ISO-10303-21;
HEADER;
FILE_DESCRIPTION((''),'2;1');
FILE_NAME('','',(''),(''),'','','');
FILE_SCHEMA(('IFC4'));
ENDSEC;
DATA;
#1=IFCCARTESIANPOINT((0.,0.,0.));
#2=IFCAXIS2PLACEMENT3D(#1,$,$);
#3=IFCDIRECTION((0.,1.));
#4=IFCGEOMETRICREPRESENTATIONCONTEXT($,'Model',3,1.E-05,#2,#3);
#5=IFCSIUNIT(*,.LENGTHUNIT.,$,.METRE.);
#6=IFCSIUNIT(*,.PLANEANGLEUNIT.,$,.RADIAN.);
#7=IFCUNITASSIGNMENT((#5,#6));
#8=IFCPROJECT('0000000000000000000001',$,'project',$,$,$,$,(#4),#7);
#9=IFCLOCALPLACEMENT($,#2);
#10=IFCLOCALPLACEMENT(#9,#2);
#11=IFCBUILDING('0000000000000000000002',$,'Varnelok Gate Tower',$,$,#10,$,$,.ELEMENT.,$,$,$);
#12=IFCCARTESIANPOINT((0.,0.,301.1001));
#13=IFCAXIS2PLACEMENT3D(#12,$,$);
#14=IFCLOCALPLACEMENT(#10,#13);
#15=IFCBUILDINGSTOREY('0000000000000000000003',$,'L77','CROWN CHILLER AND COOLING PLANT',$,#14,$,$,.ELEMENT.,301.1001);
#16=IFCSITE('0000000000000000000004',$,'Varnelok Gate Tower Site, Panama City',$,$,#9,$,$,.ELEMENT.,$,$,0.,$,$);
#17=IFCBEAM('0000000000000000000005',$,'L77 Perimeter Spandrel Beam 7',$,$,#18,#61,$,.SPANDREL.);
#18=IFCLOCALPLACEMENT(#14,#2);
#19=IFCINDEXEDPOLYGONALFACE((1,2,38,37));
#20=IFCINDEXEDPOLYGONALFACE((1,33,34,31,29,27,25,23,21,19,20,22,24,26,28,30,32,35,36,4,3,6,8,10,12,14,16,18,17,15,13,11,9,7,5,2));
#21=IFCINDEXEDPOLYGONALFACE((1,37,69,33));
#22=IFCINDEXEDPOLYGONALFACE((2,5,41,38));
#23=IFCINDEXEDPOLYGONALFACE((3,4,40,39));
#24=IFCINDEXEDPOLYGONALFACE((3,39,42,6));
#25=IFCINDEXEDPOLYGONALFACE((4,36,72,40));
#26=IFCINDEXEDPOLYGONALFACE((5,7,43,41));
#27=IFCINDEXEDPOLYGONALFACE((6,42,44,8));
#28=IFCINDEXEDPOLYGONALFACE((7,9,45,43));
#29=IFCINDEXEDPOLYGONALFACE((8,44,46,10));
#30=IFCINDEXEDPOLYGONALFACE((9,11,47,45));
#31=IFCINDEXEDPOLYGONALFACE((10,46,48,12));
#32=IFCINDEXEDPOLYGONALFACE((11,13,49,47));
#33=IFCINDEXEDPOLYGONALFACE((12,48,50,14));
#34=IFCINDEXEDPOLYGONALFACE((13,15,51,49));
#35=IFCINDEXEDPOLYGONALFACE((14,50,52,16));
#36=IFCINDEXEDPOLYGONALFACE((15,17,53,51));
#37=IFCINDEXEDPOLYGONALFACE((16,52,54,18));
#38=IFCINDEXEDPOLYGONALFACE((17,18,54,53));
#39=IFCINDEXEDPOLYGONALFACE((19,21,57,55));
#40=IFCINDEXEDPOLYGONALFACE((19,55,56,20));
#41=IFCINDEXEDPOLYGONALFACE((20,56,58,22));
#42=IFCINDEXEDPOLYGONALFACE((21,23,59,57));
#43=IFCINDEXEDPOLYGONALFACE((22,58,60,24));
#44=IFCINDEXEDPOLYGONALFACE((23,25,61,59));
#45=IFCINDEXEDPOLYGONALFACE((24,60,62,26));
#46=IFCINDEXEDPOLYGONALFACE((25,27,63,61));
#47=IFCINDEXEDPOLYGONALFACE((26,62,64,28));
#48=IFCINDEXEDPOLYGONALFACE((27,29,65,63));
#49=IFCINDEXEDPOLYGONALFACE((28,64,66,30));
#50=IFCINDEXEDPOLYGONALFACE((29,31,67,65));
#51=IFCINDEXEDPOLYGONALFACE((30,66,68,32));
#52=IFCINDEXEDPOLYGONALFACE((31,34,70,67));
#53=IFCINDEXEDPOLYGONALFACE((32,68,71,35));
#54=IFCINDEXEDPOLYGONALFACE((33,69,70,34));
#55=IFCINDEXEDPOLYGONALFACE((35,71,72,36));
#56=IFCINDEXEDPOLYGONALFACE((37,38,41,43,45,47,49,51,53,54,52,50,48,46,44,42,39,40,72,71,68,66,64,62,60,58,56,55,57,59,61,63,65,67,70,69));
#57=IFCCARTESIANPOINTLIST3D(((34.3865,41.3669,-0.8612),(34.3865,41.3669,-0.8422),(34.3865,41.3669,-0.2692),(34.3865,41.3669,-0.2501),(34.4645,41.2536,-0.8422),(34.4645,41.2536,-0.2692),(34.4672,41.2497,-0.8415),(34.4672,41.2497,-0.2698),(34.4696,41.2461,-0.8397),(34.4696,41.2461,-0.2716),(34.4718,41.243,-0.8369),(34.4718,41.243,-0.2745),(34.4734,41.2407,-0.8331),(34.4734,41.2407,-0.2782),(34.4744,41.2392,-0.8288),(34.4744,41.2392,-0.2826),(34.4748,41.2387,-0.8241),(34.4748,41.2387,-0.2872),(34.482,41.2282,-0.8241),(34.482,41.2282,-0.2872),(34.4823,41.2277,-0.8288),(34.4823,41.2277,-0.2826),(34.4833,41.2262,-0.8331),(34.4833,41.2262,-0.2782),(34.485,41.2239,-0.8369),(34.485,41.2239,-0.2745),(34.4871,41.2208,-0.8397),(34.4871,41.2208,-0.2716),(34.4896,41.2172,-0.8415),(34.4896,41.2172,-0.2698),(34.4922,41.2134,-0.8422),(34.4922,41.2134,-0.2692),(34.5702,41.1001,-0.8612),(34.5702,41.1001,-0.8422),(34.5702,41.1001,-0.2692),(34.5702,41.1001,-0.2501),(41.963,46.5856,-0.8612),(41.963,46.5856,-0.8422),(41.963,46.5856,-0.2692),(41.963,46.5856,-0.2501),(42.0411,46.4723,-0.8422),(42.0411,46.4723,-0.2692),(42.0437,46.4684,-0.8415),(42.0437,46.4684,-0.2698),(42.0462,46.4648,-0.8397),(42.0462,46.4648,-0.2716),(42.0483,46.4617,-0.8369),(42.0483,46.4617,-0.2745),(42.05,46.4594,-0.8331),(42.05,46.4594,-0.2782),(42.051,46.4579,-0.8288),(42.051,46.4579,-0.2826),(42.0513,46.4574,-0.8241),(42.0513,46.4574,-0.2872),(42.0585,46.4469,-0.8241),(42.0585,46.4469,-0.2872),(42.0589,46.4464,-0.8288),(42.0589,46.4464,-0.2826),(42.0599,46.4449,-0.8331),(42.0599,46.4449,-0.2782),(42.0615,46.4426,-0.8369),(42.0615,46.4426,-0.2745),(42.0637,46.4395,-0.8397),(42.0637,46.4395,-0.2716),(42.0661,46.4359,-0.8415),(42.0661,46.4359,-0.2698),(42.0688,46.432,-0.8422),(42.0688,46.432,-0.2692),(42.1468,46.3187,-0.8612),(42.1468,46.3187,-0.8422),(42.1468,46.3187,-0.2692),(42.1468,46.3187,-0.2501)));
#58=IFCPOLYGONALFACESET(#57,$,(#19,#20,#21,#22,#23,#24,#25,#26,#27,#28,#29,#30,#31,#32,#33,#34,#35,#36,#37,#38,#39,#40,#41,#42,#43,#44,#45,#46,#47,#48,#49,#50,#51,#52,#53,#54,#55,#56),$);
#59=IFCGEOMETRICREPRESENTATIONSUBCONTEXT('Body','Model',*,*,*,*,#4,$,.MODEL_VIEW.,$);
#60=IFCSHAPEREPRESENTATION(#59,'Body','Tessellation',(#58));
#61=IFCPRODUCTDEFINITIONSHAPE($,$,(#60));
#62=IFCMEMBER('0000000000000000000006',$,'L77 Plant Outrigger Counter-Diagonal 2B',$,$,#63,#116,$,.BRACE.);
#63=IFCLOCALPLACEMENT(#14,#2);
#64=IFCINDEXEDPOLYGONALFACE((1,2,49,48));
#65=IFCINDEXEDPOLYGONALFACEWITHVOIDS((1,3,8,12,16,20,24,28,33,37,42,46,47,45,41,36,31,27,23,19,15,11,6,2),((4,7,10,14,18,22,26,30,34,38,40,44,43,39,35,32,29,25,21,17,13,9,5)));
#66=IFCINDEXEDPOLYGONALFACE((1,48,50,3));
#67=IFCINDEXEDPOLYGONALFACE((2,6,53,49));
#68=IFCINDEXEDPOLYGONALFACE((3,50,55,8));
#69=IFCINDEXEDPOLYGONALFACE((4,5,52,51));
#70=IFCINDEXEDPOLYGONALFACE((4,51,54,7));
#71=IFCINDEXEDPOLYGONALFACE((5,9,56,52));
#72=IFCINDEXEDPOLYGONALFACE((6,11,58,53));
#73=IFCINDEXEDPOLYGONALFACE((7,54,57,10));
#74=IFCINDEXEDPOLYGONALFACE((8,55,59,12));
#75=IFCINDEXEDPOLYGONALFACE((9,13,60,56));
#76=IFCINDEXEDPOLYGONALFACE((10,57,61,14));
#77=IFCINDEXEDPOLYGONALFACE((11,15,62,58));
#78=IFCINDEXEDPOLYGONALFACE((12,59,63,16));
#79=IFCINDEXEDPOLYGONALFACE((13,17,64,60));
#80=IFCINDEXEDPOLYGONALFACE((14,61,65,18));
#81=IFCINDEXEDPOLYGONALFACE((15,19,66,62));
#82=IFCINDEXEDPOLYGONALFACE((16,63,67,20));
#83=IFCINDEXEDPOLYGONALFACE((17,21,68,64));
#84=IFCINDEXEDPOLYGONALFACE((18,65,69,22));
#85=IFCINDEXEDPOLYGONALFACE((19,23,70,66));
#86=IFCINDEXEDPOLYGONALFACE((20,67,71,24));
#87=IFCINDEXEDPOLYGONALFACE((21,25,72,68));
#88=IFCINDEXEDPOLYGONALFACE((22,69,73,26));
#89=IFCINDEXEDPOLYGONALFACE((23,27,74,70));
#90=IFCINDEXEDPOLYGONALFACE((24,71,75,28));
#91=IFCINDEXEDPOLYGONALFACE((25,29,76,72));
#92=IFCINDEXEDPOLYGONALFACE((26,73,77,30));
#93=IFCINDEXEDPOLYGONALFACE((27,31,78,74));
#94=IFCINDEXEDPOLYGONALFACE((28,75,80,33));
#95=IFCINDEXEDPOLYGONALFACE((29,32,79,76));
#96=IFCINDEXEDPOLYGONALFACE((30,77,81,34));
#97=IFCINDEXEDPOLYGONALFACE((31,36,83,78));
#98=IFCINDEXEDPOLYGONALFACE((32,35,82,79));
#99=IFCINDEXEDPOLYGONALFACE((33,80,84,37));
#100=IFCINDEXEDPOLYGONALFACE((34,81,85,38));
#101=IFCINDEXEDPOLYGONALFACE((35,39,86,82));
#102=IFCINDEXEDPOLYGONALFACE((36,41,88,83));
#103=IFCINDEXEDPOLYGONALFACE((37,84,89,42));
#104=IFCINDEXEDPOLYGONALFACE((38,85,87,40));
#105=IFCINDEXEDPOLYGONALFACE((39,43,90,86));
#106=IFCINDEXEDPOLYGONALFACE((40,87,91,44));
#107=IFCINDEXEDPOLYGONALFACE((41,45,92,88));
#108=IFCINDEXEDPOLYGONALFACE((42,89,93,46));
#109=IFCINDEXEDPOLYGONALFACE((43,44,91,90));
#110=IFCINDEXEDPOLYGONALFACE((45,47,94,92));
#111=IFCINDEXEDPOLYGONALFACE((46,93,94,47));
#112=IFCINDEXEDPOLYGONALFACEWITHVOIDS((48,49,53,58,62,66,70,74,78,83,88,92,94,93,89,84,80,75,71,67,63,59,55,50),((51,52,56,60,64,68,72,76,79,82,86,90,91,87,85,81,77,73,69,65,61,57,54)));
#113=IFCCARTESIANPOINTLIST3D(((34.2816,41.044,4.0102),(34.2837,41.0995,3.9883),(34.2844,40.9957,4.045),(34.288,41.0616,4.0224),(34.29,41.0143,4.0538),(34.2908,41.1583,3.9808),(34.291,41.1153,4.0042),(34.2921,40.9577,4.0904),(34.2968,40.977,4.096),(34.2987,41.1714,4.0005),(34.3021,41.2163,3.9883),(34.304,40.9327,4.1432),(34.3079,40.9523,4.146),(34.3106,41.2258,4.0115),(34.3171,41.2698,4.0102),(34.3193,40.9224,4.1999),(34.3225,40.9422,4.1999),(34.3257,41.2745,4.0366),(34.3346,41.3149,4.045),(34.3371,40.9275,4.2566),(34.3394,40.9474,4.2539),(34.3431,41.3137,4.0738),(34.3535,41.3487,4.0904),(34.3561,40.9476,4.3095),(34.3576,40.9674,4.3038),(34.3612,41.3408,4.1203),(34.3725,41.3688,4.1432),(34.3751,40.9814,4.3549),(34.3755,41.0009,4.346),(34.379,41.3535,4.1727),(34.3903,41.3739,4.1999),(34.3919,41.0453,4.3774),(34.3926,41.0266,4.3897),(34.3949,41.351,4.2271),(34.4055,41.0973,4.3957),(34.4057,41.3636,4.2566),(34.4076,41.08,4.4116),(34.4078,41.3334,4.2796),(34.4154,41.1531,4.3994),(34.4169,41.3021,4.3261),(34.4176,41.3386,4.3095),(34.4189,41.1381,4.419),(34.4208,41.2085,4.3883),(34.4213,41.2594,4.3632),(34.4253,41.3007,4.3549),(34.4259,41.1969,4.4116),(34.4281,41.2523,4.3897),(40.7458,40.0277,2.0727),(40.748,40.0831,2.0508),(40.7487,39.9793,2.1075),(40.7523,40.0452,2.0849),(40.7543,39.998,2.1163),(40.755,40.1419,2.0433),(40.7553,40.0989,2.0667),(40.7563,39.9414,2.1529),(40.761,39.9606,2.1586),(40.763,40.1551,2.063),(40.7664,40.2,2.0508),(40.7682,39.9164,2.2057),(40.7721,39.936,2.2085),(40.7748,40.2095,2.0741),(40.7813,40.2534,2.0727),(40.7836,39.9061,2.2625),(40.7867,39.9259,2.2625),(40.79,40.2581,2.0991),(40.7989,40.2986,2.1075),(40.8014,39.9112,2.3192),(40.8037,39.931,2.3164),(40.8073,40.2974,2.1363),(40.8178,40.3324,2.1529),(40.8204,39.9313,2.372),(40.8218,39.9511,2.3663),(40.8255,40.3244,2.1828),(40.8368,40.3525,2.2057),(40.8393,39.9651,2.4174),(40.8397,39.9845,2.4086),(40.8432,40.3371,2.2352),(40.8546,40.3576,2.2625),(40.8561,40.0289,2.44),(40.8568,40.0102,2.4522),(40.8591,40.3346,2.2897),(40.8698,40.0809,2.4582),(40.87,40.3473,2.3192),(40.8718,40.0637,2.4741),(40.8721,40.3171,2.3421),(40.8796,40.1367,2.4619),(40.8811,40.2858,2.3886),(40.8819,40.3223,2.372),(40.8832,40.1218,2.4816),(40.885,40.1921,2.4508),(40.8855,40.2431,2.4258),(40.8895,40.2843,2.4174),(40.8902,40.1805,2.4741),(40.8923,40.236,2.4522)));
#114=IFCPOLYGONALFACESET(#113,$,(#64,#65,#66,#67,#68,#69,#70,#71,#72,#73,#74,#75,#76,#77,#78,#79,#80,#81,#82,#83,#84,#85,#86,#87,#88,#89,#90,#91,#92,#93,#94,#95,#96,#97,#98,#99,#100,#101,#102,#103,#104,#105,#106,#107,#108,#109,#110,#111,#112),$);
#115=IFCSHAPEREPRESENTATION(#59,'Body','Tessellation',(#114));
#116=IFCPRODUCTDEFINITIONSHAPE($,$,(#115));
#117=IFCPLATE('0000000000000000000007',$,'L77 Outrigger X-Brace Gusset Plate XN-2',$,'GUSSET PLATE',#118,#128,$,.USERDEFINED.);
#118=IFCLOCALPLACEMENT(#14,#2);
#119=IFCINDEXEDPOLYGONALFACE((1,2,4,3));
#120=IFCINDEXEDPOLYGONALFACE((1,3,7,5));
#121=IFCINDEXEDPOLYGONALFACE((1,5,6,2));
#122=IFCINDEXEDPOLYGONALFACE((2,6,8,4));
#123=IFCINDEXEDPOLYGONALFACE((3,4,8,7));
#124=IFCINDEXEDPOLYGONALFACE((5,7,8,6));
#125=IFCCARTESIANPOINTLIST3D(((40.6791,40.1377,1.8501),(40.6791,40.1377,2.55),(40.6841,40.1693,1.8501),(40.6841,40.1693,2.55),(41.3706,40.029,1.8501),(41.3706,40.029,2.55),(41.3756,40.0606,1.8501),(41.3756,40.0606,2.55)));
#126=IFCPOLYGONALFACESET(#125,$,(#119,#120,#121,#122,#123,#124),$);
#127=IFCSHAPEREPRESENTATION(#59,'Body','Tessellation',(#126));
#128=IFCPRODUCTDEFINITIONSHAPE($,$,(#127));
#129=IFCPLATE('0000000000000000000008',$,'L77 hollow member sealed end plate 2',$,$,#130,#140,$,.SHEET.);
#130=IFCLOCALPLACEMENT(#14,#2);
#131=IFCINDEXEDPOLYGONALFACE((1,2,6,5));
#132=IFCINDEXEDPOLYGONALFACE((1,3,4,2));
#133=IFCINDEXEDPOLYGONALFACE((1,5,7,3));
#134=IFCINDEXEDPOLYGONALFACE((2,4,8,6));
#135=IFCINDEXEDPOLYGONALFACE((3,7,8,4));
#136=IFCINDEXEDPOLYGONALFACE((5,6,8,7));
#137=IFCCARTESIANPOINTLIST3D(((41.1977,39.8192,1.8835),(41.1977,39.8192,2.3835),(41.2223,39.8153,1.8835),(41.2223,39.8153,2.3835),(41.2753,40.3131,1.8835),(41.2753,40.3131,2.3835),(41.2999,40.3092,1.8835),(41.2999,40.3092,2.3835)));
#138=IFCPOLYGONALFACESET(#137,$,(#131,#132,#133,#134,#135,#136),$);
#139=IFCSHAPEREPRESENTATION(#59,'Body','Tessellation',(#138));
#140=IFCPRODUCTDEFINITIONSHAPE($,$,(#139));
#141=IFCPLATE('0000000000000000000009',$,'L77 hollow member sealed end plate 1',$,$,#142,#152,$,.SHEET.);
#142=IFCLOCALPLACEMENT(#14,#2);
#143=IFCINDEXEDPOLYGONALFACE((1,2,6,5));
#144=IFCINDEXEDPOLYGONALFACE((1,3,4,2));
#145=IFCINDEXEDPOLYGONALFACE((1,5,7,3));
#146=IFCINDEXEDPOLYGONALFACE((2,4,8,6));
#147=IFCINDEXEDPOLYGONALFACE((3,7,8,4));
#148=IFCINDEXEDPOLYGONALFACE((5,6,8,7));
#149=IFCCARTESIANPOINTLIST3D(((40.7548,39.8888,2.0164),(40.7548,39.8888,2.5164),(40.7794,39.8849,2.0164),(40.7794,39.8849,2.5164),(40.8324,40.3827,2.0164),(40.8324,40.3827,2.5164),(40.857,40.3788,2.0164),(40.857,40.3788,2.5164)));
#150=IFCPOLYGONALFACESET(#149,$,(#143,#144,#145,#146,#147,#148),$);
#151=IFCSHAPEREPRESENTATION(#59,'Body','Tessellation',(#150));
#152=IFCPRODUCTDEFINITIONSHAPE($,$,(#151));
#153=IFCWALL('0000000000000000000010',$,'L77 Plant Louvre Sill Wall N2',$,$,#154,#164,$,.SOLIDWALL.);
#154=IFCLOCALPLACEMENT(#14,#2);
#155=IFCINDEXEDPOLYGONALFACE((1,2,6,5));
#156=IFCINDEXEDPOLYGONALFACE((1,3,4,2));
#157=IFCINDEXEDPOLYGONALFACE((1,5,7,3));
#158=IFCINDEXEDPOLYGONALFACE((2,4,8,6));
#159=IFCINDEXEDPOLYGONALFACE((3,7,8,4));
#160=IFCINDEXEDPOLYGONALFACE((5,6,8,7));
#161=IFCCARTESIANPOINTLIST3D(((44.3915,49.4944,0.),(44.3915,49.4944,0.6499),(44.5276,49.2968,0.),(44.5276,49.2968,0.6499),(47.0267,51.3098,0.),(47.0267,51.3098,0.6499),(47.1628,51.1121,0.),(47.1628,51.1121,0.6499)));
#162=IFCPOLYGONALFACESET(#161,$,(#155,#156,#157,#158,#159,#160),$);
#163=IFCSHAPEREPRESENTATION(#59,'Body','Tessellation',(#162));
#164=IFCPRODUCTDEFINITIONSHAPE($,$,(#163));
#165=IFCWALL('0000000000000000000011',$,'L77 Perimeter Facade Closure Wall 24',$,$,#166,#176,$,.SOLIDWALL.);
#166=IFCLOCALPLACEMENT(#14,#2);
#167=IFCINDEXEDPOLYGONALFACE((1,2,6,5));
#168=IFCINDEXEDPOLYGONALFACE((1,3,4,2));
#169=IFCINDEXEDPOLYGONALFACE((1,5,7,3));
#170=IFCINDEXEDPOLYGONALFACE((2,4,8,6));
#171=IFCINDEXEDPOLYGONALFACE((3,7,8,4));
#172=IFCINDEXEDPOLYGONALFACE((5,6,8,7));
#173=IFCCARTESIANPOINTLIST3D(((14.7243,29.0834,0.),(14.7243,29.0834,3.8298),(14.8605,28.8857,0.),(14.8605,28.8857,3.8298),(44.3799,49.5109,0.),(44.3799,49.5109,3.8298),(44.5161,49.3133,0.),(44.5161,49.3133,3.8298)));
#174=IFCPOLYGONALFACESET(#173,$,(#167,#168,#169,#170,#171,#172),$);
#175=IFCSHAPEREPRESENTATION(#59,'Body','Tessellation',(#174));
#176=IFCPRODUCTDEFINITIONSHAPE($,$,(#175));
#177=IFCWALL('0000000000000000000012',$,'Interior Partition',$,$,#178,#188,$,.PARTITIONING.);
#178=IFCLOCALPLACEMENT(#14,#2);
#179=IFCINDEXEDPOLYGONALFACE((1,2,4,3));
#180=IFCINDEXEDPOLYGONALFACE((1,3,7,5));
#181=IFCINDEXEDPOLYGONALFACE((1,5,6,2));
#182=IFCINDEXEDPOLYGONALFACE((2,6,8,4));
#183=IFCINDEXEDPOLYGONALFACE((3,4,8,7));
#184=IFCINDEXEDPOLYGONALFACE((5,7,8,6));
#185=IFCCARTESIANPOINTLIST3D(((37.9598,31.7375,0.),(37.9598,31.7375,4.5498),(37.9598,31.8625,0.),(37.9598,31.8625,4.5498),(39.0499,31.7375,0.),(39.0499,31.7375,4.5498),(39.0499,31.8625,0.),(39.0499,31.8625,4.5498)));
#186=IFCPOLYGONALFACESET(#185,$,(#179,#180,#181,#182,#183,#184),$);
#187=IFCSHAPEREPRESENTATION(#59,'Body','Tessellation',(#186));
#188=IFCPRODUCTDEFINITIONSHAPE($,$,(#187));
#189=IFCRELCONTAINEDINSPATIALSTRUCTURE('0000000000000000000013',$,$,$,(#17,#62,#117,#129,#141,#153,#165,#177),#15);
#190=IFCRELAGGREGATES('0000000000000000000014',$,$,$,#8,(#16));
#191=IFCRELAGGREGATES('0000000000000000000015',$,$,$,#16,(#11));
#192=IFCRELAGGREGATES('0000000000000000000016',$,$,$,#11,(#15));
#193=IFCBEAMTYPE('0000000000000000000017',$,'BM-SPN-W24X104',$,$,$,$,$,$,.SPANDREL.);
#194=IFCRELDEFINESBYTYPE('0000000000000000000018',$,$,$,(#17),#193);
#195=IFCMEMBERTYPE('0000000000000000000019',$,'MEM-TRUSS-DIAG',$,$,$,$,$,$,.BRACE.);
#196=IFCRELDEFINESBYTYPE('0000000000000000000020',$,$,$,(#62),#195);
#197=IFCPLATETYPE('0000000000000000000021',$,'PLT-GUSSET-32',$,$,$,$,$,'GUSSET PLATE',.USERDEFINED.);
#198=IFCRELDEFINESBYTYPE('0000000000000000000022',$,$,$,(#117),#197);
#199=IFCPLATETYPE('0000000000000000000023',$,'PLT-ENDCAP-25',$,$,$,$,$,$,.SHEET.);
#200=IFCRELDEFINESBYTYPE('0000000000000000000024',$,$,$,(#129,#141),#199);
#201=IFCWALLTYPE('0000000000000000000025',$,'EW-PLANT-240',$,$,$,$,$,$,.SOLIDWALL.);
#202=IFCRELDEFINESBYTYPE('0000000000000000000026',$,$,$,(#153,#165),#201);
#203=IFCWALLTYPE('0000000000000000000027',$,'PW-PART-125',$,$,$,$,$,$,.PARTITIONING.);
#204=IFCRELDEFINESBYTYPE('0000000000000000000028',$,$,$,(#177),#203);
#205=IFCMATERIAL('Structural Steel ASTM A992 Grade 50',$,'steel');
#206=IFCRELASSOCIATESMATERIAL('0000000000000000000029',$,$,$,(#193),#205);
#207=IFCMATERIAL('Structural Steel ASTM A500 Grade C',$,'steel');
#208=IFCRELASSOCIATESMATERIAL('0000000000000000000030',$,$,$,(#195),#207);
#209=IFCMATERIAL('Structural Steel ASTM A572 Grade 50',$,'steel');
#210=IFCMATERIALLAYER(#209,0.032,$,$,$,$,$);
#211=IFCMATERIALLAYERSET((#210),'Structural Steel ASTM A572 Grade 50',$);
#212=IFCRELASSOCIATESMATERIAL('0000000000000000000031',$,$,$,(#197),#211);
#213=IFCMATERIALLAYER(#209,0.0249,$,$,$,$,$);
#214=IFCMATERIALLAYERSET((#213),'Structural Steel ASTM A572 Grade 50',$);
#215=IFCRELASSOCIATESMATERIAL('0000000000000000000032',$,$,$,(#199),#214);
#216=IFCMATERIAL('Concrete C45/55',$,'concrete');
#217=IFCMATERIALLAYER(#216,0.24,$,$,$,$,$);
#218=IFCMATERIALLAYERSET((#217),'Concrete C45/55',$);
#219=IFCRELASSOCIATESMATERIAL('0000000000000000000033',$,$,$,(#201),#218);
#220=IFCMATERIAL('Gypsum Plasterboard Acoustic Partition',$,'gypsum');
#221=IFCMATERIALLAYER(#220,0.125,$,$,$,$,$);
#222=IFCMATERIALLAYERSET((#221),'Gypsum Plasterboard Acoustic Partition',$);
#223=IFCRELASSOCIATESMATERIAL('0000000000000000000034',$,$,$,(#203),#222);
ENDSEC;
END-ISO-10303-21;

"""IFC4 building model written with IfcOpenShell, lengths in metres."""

from ifc_helpers import new_model, si_unit, direction, frame, frame_2d, origin, origin_2d, place, context, subcontext, project, spatial, rectangle, hollow_circle, i_section, extrude, source, transform, mapped, material, layer, layer_set, material_profile, profile_set, type_object, element, save


model = new_model("IFC4")

# Units and contexts
model_context = context("Model", 3, precision=1e-05, world=origin(), true_north=direction((0.0, 1.0)))
body_context = subcontext(model_context, "Body", "Model", "MODEL_VIEW")
ifc_project = project(units=[si_unit("LENGTHUNIT", "METRE"), si_unit("PLANEANGLEUNIT", "RADIAN")], contexts=[model_context])

# Site, building, storey
site_placement = place(None, origin())
site = spatial("IfcSite", under=ifc_project, at=site_placement, Name="Varnelok Gate Tower Site, Panama City", CompositionType="ELEMENT", RefElevation=0.0)
building_placement = place(site_placement, origin())
building = spatial("IfcBuilding", under=site, at=building_placement, Name="Varnelok Gate Tower", CompositionType="ELEMENT")
storey_placement = place(building_placement, frame((0.0, 0.0, 301.1001)))
storey = spatial("IfcBuildingStorey", under=building, at=storey_placement, Name="L77", Description="CROWN CHILLER AND COOLING PLANT", CompositionType="ELEMENT", Elevation=301.1001)

# Shared definitions
ifc_material_1 = material(Name="Structural Steel ASTM A992 Grade 50", Category="steel")

# Beam
ifc_material_profile_1 = material_profile(ifc_material_1, i_section(OverallWidth=0.324, OverallDepth=0.6111, WebThickness=0.0127, FlangeThickness=0.019, FilletRadius=0.0181, at=origin_2d()), Name="W24X104")
ifc_profile_set_1 = profile_set([ifc_material_profile_1], Name="Structural Steel ASTM A992 Grade 50")
beam_type_1 = type_object("IfcBeamType", Name="BM-SPN-W24X104", PredefinedType="SPANDREL", material=ifc_profile_set_1)
beam_1_placement = place(storey_placement, frame((42.0549, 46.4521, -0.5557), z_axis=(-0.823545, -0.567252, 0.0), x_axis=(0.567252, -0.823545, 0.0)))
element("IfcBeam", 1, at=beam_1_placement, inside=storey, type_object=beam_type_1, Name="L77 Perimeter Spandrel Beam 7", PredefinedType="SPANDREL", context=body_context, shape_type="SweptSolid", body=[
    extrude(i_section(OverallWidth=0.324, OverallDepth=0.6111, WebThickness=0.0127, FlangeThickness=0.019, FilletRadius=0.0181, at=origin_2d()), origin(), (0.0, 0.0, 1.0), 9.2),
])

# Member
ifc_material_2 = material(Name="Structural Steel ASTM A500 Grade C", Category="steel")
ifc_material_profile_2 = material_profile(ifc_material_2, hollow_circle(Radius=0.2285, WallThickness=0.02, at=origin_2d()), Name="CHS457X20")
ifc_profile_set_2 = profile_set([ifc_material_profile_2], Name="Structural Steel ASTM A500 Grade C")
member_type = type_object("IfcMemberType", Name="MEM-TRUSS-DIAG", PredefinedType="BRACE", material=ifc_profile_set_2)
member_placement = place(storey_placement, frame((40.8191, 40.1318, 2.2625), z_axis=(-0.947218, 0.148926, 0.283901), x_axis=(-0.155317, -0.987865, 0.0)))
element("IfcMember", 2, at=member_placement, inside=storey, type_object=member_type, Name="L77 Plant Outrigger Counter-Diagonal 2B", PredefinedType="BRACE", context=body_context, shape_type="SweptSolid", body=[
    extrude(hollow_circle(Radius=0.2285, WallThickness=0.02, at=origin_2d()), origin(), (0.0, 0.0, 1.0), 6.8245),
])

# Plates
ifc_material_3 = material(Name="Structural Steel ASTM A572 Grade 50", Category="steel")
ifc_layer_1 = layer(ifc_material_3, 0.032)
ifc_layer_set_1 = layer_set([ifc_layer_1], Name="Structural Steel ASTM A572 Grade 50")
plate_type_1 = type_object("IfcPlateType", Name="PLT-GUSSET-32", ElementType="GUSSET PLATE", PredefinedType="USERDEFINED", material=ifc_layer_set_1)
shared_shape_1 = source(origin(), body_context, "Body", "SweptSolid", [
    extrude(rectangle(XDim=0.7, YDim=0.032, at=origin_2d()), origin(), (0.0, 0.0, 1.0), 0.7),
])
plate_placement = place(storey_placement, frame((41.0273, 40.0991, 1.8501), z_axis=(0.0, 0.0, 1.0), x_axis=(-0.987865, 0.155314, 0.0)))
element("IfcPlate", 3, at=plate_placement, inside=storey, type_object=plate_type_1, Name="L77 Outrigger X-Brace Gusset Plate XN-2", ObjectType="GUSSET PLATE", PredefinedType="USERDEFINED", context=body_context, shape_type="MappedRepresentation", body=[
    mapped(shared_shape_1, transform((0.0, 0.0, 0.0), scale=1.0)),
])
ifc_layer_2 = layer(ifc_material_3, 0.0249)
ifc_layer_set_2 = layer_set([ifc_layer_2], Name="Structural Steel ASTM A572 Grade 50")
plate_type_2 = type_object("IfcPlateType", Name="PLT-ENDCAP-25", PredefinedType="SHEET", material=ifc_layer_set_2)
shared_shape_2 = source(origin(), body_context, "Body", "SweptSolid", [
    extrude(rectangle(XDim=0.0249, YDim=0.5, at=origin_2d()), origin(), (0.0, 0.0, 1.0), 0.5),
])
for number, where, z_axis, x_axis, name in (
    (4, (41.2488, 40.0642, 1.8835), (0.0, 0.0, 1.0), (-0.987865, 0.155314, 0.0), "L77 hollow member sealed end plate 2"),
    (5, (40.8059, 40.1338, 2.0164), (0.0, 0.0, 1.0), (-0.987865, 0.155314, 0.0), "L77 hollow member sealed end plate 1"),
):
    element("IfcPlate", number, at=place(storey_placement, frame(where, z_axis=z_axis, x_axis=x_axis)), inside=storey, type_object=plate_type_2, Name=name, PredefinedType="SHEET", context=body_context, shape_type="MappedRepresentation", body=[
        mapped(shared_shape_2, transform((0.0, 0.0, 0.0), scale=1.0)),
    ])

# Walls
ifc_material_4 = material(Name="Concrete C45/55", Category="concrete")
ifc_layer_3 = layer(ifc_material_4, 0.24)
ifc_layer_set_3 = layer_set([ifc_layer_3], Name="Concrete C45/55")
wall_type_1 = type_object("IfcWallType", Name="EW-PLANT-240", PredefinedType="SOLIDWALL", material=ifc_layer_set_3)
wall_1_placement = place(storey_placement, frame((44.4595, 49.3955, 0.0), z_axis=(0.0, 0.0, 1.0), x_axis=(0.823503, 0.567312, 0.0)))
element("IfcWall", 6, at=wall_1_placement, inside=storey, type_object=wall_type_1, Name="L77 Plant Louvre Sill Wall N2", PredefinedType="SOLIDWALL", context=body_context, shape_type="SweptSolid", body=[
    extrude(rectangle(XDim=3.2, YDim=0.24, at=frame_2d((1.6001, 0.0))), origin(), (0.0, 0.0, 1.0), 0.6499),
])
wall_2_placement = place(storey_placement, frame((44.448, 49.4121, 0.0), z_axis=(0.0, 0.0, 1.0), x_axis=(-0.823532, -0.56727, 0.0)))
element("IfcWall", 7, at=wall_2_placement, inside=storey, type_object=wall_type_1, Name="L77 Perimeter Facade Closure Wall 24", PredefinedType="SOLIDWALL", context=body_context, shape_type="SweptSolid", body=[
    extrude(rectangle(XDim=36.0103, YDim=0.24, at=frame_2d((18.0051, 0.0))), origin(), (0.0, 0.0, 1.0), 3.8298),
])
ifc_material_5 = material(Name="Gypsum Plasterboard Acoustic Partition", Category="gypsum")
ifc_layer_4 = layer(ifc_material_5, 0.125)
ifc_layer_set_4 = layer_set([ifc_layer_4], Name="Gypsum Plasterboard Acoustic Partition")
wall_type_2 = type_object("IfcWallType", Name="PW-PART-125", PredefinedType="PARTITIONING", material=ifc_layer_set_4)
wall_3_placement = place(storey_placement, frame((37.96, 31.8, 0.0), z_axis=(0.0, 0.0, 1.0), x_axis=(1.0, 0.0, 0.0)))
element("IfcWall", 8, at=wall_3_placement, inside=storey, type_object=wall_type_2, Name="Interior Partition", PredefinedType="PARTITIONING", context=body_context, shape_type="SweptSolid", body=[
    extrude(rectangle(XDim=1.0901, YDim=0.125, at=frame_2d((0.5449, 0.0))), origin(), (0.0, 0.0, 1.0), 4.5498),
])

save(model, "model.ifc")
